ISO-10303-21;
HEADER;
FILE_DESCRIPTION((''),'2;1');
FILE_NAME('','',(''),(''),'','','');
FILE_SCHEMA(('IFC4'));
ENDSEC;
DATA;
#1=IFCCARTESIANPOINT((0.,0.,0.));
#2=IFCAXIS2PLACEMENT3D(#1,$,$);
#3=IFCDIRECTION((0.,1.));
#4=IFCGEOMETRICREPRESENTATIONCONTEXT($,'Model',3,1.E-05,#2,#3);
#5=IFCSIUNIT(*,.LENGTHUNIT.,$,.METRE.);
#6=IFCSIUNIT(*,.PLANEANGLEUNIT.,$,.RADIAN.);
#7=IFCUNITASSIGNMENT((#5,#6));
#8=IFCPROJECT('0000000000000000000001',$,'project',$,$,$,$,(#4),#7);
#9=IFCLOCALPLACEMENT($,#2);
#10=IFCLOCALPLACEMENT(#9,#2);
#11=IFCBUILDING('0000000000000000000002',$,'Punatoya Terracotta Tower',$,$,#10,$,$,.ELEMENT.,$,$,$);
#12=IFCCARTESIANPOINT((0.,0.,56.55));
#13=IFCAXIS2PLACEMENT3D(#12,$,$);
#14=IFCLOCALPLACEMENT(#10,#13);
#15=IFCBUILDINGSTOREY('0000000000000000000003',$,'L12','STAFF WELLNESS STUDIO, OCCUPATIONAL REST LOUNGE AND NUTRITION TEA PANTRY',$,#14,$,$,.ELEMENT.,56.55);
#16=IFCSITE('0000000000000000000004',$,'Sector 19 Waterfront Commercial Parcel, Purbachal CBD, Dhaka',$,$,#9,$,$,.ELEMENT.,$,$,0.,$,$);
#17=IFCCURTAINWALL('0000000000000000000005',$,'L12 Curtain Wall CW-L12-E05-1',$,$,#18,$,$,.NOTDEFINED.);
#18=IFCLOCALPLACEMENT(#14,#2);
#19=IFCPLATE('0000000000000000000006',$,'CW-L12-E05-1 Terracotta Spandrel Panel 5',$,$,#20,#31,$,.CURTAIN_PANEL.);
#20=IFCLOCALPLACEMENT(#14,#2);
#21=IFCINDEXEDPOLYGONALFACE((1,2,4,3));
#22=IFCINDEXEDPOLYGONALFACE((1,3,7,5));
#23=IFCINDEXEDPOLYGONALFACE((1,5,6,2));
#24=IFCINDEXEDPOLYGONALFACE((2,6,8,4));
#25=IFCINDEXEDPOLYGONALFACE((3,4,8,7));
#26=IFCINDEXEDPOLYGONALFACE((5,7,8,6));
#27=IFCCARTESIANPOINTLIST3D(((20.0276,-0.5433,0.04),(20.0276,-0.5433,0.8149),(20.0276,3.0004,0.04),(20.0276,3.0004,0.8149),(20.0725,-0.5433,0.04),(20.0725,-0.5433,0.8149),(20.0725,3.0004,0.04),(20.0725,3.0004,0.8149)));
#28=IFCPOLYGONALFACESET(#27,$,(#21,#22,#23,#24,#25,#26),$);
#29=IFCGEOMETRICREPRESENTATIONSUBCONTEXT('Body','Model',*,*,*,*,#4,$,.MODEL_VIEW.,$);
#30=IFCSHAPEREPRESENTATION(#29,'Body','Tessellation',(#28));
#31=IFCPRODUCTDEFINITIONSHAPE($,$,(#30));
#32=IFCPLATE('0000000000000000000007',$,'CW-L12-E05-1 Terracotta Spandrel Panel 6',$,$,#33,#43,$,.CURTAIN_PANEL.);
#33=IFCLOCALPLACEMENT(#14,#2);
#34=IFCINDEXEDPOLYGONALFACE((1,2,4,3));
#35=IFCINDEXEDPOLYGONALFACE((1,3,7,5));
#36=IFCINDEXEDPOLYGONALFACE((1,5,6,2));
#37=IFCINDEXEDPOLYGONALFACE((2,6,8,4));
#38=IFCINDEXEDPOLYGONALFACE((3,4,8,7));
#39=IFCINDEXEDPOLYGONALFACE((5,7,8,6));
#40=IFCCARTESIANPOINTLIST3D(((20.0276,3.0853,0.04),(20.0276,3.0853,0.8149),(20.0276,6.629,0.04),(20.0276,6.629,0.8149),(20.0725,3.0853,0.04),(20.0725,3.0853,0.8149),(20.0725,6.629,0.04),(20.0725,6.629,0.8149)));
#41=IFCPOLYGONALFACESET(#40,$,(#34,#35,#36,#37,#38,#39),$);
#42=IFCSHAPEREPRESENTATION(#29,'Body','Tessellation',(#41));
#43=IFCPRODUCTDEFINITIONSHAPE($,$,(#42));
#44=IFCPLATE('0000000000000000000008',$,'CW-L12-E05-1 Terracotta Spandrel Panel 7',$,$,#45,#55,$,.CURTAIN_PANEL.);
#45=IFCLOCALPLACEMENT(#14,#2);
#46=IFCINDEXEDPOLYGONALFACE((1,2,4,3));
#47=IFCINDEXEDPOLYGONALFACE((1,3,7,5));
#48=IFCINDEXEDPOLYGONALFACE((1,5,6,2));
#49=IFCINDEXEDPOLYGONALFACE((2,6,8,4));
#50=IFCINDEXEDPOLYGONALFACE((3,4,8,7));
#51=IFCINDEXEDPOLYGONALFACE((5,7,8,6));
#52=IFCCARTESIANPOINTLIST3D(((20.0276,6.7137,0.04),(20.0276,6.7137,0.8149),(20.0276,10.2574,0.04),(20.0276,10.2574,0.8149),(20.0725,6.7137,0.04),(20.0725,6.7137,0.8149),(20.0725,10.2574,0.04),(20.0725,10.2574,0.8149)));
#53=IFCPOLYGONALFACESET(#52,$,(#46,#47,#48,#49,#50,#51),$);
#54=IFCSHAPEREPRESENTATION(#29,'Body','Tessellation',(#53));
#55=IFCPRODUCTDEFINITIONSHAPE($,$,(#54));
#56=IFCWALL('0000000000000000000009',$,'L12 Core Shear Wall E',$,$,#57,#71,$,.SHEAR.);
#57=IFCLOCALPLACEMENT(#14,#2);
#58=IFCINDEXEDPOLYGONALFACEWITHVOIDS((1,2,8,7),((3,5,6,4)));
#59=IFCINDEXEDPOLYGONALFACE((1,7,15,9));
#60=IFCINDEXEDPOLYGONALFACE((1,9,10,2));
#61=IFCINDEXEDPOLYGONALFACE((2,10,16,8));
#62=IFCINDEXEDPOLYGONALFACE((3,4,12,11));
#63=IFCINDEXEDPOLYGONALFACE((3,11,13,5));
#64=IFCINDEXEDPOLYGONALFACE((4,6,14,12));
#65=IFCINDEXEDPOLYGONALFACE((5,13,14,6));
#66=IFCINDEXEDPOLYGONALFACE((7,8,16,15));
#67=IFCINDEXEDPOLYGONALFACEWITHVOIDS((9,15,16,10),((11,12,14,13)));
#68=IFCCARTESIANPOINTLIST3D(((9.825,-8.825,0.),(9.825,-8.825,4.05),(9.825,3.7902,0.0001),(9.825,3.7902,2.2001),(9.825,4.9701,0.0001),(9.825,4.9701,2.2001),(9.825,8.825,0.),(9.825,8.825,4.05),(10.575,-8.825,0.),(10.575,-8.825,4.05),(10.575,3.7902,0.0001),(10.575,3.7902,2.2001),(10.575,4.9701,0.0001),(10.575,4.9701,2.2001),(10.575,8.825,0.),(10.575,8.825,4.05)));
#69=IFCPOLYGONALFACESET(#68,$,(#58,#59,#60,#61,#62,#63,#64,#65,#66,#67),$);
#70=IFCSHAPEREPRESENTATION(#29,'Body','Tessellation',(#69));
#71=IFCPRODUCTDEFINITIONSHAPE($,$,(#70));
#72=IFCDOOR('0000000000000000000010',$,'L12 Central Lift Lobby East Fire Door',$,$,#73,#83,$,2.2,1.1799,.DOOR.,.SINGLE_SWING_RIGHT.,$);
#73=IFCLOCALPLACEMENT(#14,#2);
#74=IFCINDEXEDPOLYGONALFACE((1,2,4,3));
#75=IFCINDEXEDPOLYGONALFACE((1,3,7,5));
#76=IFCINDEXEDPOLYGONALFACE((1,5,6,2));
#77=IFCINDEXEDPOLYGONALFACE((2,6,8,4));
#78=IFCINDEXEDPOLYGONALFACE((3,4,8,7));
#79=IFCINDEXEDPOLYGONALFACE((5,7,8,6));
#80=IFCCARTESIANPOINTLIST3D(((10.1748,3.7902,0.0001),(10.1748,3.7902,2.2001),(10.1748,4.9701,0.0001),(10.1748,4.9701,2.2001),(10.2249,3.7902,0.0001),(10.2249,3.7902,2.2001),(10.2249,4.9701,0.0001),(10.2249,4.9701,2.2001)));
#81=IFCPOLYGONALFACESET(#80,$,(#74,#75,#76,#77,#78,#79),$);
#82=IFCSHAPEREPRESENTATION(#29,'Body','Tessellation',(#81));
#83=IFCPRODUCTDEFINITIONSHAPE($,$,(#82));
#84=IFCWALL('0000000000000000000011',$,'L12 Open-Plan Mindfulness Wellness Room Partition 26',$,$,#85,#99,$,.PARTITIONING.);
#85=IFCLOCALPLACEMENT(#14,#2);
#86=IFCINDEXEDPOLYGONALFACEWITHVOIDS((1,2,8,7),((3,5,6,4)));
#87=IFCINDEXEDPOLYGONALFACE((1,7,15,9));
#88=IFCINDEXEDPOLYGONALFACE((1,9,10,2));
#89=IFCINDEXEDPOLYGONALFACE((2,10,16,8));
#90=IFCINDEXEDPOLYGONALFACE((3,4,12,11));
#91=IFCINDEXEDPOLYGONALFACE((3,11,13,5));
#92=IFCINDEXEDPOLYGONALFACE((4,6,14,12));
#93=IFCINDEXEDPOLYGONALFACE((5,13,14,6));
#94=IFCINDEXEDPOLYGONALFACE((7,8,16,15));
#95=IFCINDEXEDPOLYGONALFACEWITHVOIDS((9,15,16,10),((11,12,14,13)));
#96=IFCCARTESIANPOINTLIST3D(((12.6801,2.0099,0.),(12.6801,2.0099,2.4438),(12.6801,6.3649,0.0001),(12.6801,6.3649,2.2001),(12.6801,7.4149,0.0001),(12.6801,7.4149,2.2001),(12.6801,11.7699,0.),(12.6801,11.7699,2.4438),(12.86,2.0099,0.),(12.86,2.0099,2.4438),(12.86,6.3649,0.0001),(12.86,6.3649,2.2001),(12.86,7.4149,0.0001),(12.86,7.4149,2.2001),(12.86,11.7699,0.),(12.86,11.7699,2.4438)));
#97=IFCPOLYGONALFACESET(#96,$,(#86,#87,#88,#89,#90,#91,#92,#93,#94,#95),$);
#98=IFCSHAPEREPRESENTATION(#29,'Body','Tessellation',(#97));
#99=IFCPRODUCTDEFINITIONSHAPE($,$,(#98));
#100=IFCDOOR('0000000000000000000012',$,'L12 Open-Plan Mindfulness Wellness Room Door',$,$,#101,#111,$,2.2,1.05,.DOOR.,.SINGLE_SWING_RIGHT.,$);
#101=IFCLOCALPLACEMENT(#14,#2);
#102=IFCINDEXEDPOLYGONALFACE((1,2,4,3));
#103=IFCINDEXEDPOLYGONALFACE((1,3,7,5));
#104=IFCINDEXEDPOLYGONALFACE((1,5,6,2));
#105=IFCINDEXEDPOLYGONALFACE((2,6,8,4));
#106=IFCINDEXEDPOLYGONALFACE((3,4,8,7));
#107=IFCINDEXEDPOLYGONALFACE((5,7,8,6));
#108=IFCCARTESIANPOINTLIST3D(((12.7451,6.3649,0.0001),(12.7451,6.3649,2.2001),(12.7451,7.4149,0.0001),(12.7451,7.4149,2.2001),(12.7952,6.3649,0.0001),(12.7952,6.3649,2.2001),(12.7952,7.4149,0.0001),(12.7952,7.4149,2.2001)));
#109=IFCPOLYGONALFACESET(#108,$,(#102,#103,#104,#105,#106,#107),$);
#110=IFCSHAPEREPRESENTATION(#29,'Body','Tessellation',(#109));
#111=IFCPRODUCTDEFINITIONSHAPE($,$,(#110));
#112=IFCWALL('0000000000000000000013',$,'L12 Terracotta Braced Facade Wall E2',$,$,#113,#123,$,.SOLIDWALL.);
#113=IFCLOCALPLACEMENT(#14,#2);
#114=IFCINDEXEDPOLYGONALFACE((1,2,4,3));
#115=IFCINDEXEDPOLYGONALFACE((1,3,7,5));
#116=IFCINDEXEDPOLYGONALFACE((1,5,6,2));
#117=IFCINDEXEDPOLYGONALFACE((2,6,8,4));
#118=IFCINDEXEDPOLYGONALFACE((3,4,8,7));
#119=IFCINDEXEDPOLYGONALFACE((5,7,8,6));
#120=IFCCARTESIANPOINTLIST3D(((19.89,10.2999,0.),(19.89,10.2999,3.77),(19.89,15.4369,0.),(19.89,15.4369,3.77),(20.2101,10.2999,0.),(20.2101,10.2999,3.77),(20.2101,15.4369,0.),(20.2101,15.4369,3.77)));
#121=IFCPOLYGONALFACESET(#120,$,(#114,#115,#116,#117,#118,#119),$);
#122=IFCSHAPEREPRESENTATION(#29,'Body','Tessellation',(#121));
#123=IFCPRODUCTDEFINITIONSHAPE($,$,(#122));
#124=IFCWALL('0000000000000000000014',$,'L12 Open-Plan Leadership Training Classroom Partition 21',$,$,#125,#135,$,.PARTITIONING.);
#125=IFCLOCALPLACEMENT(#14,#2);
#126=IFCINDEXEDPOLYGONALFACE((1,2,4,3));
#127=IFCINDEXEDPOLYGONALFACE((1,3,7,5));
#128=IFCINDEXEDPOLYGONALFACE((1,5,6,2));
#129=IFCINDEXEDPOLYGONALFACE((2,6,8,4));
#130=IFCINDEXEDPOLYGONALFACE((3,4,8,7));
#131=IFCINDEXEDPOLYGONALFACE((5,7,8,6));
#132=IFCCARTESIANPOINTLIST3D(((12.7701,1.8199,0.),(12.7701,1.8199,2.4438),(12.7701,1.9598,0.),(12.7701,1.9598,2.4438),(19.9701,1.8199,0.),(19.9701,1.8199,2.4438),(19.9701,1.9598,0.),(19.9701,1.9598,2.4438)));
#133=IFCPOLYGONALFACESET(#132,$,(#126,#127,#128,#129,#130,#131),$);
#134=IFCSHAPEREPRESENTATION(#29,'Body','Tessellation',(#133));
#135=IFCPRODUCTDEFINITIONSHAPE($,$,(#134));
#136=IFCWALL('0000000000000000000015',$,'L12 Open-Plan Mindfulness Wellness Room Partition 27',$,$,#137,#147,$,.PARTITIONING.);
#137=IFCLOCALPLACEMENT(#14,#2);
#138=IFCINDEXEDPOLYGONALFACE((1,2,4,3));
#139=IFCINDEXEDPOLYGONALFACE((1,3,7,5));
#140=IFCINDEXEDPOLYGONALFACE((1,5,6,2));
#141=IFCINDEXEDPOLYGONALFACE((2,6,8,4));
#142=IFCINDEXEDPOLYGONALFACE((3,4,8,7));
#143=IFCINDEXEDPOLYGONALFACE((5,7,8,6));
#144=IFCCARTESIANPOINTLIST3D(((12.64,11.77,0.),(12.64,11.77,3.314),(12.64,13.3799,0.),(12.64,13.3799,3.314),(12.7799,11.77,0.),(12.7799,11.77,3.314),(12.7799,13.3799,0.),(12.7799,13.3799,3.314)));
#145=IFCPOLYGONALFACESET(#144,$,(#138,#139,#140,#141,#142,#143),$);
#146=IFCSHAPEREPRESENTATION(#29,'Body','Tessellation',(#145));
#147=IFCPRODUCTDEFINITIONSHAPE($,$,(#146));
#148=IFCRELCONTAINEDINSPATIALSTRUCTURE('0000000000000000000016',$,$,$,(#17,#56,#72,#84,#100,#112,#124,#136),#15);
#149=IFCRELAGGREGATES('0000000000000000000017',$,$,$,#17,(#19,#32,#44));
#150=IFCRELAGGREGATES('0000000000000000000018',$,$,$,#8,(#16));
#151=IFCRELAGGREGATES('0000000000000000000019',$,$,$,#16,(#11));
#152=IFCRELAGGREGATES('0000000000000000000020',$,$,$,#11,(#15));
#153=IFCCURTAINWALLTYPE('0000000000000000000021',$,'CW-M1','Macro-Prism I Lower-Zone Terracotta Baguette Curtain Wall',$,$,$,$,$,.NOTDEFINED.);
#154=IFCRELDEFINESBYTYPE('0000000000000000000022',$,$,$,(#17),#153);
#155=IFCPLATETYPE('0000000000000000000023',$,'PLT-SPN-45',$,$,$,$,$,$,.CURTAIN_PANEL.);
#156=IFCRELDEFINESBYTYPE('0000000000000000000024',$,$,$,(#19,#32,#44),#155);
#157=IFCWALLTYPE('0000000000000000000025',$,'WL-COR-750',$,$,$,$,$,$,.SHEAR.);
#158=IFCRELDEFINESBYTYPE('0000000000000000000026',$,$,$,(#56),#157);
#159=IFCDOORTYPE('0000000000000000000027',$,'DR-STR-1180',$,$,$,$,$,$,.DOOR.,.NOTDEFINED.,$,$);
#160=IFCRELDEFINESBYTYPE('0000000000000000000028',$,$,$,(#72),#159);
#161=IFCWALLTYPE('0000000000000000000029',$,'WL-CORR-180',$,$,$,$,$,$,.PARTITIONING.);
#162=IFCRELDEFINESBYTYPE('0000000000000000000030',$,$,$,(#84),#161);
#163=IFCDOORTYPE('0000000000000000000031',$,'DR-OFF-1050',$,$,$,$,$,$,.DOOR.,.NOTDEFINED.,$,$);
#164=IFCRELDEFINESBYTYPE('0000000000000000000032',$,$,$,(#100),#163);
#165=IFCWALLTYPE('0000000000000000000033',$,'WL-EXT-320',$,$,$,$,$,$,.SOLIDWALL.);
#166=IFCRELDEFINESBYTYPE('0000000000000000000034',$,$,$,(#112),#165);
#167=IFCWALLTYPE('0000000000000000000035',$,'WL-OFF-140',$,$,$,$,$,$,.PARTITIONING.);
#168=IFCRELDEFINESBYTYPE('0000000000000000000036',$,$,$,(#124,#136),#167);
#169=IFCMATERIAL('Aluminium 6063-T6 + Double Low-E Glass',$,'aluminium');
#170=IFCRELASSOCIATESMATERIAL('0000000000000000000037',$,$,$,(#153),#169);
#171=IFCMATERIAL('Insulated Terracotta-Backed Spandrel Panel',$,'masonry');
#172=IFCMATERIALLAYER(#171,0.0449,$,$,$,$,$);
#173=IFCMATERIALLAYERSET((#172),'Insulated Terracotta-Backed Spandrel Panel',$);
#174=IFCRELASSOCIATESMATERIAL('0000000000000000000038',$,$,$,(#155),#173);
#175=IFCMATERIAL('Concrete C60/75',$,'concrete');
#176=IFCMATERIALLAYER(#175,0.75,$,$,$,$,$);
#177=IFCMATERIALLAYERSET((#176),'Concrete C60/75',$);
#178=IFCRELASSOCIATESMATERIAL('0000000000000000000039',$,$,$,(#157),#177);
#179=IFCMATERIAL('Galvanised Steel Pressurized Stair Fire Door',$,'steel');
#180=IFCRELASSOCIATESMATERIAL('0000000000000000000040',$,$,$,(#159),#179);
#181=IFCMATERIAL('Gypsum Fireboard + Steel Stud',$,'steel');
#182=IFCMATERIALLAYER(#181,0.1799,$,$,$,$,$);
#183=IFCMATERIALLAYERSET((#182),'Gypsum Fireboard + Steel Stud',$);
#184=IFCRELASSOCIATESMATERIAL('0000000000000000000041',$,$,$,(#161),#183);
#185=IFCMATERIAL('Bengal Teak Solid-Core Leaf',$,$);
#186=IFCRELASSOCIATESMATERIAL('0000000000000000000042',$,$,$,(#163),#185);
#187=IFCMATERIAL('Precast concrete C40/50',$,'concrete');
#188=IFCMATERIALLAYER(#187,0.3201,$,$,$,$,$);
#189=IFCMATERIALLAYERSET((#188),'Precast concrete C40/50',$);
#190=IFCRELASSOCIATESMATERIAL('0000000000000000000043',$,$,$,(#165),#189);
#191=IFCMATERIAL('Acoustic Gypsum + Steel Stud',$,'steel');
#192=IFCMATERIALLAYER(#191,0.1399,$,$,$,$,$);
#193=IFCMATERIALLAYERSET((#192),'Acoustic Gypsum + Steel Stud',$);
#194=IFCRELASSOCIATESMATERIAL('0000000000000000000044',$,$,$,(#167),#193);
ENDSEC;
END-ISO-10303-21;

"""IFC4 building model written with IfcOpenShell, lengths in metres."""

from ifc_helpers import new_model, si_unit, direction, frame, frame_2d, origin, origin_2d, place, context, subcontext, project, spatial, rectangle, extrude, material, layer, layer_set, type_object, element, fill, aggregate, save


model = new_model("IFC4")

# Units and contexts
model_context = context("Model", 3, precision=1e-05, world=origin(), true_north=direction((0.0, 1.0)))
body_context = subcontext(model_context, "Body", "Model", "MODEL_VIEW")
ifc_project = project(units=[si_unit("LENGTHUNIT", "METRE"), si_unit("PLANEANGLEUNIT", "RADIAN")], contexts=[model_context])

# Site, building, storey
site_placement = place(None, origin())
site = spatial("IfcSite", under=ifc_project, at=site_placement, Name="Sector 19 Waterfront Commercial Parcel, Purbachal CBD, Dhaka", CompositionType="ELEMENT", RefElevation=0.0)
building_placement = place(site_placement, origin())
building = spatial("IfcBuilding", under=site, at=building_placement, Name="Punatoya Terracotta Tower", CompositionType="ELEMENT")
storey_placement = place(building_placement, frame((0.0, 0.0, 56.55)))
storey = spatial("IfcBuildingStorey", under=building, at=storey_placement, Name="L12", Description="STAFF WELLNESS STUDIO, OCCUPATIONAL REST LOUNGE AND NUTRITION TEA PANTRY", CompositionType="ELEMENT", Elevation=56.55)

# Curtain wall, plates
ifc_material_1 = material(Name="Aluminium 6063-T6 + Double Low-E Glass", Category="aluminium")
curtain_wall_type = type_object("IfcCurtainWallType", Name="CW-M1", Description="Macro-Prism I Lower-Zone Terracotta Baguette Curtain Wall", PredefinedType="NOTDEFINED", material=ifc_material_1)
curtain_wall_placement = place(storey_placement, origin())
curtain_wall = element("IfcCurtainWall", 1, at=curtain_wall_placement, inside=storey, type_object=curtain_wall_type, Name="L12 Curtain Wall CW-L12-E05-1", PredefinedType="NOTDEFINED")
ifc_material_2 = material(Name="Insulated Terracotta-Backed Spandrel Panel", Category="masonry")
ifc_layer_1 = layer(ifc_material_2, 0.0449)
ifc_layer_set_1 = layer_set([ifc_layer_1], Name="Insulated Terracotta-Backed Spandrel Panel")
plate_type_1 = type_object("IfcPlateType", Name="PLT-SPN-45", PredefinedType="CURTAIN_PANEL", material=ifc_layer_set_1)
plate_1_placement = place(storey_placement, frame((20.05, 1.2285, 0.04), z_axis=(0.0, 0.0, 1.0), x_axis=(0.0, 1.0, 0.0)))
plate_1 = element("IfcPlate", 2, at=plate_1_placement, type_object=plate_type_1, Name="CW-L12-E05-1 Terracotta Spandrel Panel 5", PredefinedType="CURTAIN_PANEL", context=body_context, shape_type="SweptSolid", body=[
    extrude(rectangle(XDim=3.5437, YDim=0.0449, at=origin_2d()), origin(), (0.0, 0.0, 1.0), 0.7749),
])
plate_2_placement = place(storey_placement, frame((20.05, 4.8572, 0.04), z_axis=(0.0, 0.0, 1.0), x_axis=(0.0, 1.0, 0.0)))
plate_2 = element("IfcPlate", 3, at=plate_2_placement, type_object=plate_type_1, Name="CW-L12-E05-1 Terracotta Spandrel Panel 6", PredefinedType="CURTAIN_PANEL", context=body_context, shape_type="SweptSolid", body=[
    extrude(rectangle(XDim=3.5437, YDim=0.0449, at=origin_2d()), origin(), (0.0, 0.0, 1.0), 0.7749),
])
plate_3_placement = place(storey_placement, frame((20.05, 8.4856, 0.04), z_axis=(0.0, 0.0, 1.0), x_axis=(0.0, 1.0, 0.0)))
plate_3 = element("IfcPlate", 4, at=plate_3_placement, type_object=plate_type_1, Name="CW-L12-E05-1 Terracotta Spandrel Panel 7", PredefinedType="CURTAIN_PANEL", context=body_context, shape_type="SweptSolid", body=[
    extrude(rectangle(XDim=3.5437, YDim=0.0449, at=origin_2d()), origin(), (0.0, 0.0, 1.0), 0.7749),
])
aggregate(curtain_wall, [plate_1, plate_2, plate_3])

# Walls, openings, doors
ifc_material_3 = material(Name="Concrete C60/75", Category="concrete")
ifc_layer_2 = layer(ifc_material_3, 0.75)
ifc_layer_set_2 = layer_set([ifc_layer_2], Name="Concrete C60/75")
wall_type_1 = type_object("IfcWallType", Name="WL-COR-750", PredefinedType="SHEAR", material=ifc_layer_set_2)
wall_1_placement = place(storey_placement, frame((10.2, 8.825, 0.0), z_axis=(0.0, 0.0, 1.0), x_axis=(0.0, -1.0, 0.0)))
wall_1 = element("IfcWall", 5, at=wall_1_placement, inside=storey, type_object=wall_type_1, Name="L12 Core Shear Wall E", PredefinedType="SHEAR", context=body_context, shape_type="SweptSolid", body=[
    extrude(rectangle(XDim=17.6499, YDim=0.75, at=frame_2d((8.825, 0.0))), origin(), (0.0, 0.0, 1.0), 4.05),
])
opening_1_placement = place(wall_1_placement, frame((3.855, 0.0, 0.0)))
opening_1 = element("IfcOpeningElement", 6, at=opening_1_placement, cuts=wall_1, PredefinedType="OPENING", context=body_context, shape_type="SweptSolid", body=[
    extrude(rectangle(XDim=1.1799, YDim=2.2, at=frame_2d((0.5898, 1.1001))), frame((0.0, 0.385, 0.0), z_axis=(0.0, -1.0, 0.0), x_axis=(1.0, 0.0, 0.0)), (0.0, 0.0, 1.0), 0.77),
])
ifc_material_4 = material(Name="Galvanised Steel Pressurized Stair Fire Door", Category="steel")
door_type_1 = type_object("IfcDoorType", Name="DR-STR-1180", OperationType="NOTDEFINED", PredefinedType="DOOR", material=ifc_material_4)
door_1_placement = place(opening_1_placement, origin())
door_1 = element("IfcDoor", 7, at=door_1_placement, inside=storey, type_object=door_type_1, Name="L12 Central Lift Lobby East Fire Door", OperationType="SINGLE_SWING_RIGHT", OverallHeight=2.2, OverallWidth=1.1799, PredefinedType="DOOR", context=body_context, shape_type="SweptSolid", body=[
    extrude(rectangle(XDim=1.1799, YDim=2.2, at=frame_2d((0.5898, 1.1001))), frame((0.0, 0.0249, 0.0), z_axis=(0.0, -1.0, 0.0), x_axis=(1.0, 0.0, 0.0)), (0.0, 0.0, 1.0), 0.05),
])
fill(opening_1, door_1)
ifc_material_5 = material(Name="Gypsum Fireboard + Steel Stud", Category="steel")
ifc_layer_3 = layer(ifc_material_5, 0.1799)
ifc_layer_set_3 = layer_set([ifc_layer_3], Name="Gypsum Fireboard + Steel Stud")
wall_type_2 = type_object("IfcWallType", Name="WL-CORR-180", PredefinedType="PARTITIONING", material=ifc_layer_set_3)
wall_2_placement = place(storey_placement, frame((12.77, 2.01, 0.0), z_axis=(0.0, 0.0, 1.0), x_axis=(0.0, 1.0, 0.0)))
wall_2 = element("IfcWall", 8, at=wall_2_placement, inside=storey, type_object=wall_type_2, Name="L12 Open-Plan Mindfulness Wellness Room Partition 26", PredefinedType="PARTITIONING", context=body_context, shape_type="SweptSolid", body=[
    extrude(rectangle(XDim=9.76, YDim=0.1799, at=frame_2d((4.8799, 0.0))), origin(), (0.0, 0.0, 1.0), 2.4438),
])
opening_2_placement = place(wall_2_placement, frame((4.355, 0.0, 0.0)))
opening_2 = element("IfcOpeningElement", 9, at=opening_2_placement, cuts=wall_2, PredefinedType="OPENING", context=body_context, shape_type="SweptSolid", body=[
    extrude(rectangle(XDim=1.05, YDim=2.2, at=frame_2d((0.5249, 1.1001))), frame((0.0, 0.0999, 0.0), z_axis=(0.0, -1.0, 0.0), x_axis=(1.0, 0.0, 0.0)), (0.0, 0.0, 1.0), 0.2),
])
ifc_material_6 = material(Name="Bengal Teak Solid-Core Leaf")
door_type_2 = type_object("IfcDoorType", Name="DR-OFF-1050", OperationType="NOTDEFINED", PredefinedType="DOOR", material=ifc_material_6)
door_2_placement = place(opening_2_placement, origin())
door_2 = element("IfcDoor", 10, at=door_2_placement, inside=storey, type_object=door_type_2, Name="L12 Open-Plan Mindfulness Wellness Room Door", OperationType="SINGLE_SWING_RIGHT", OverallHeight=2.2, OverallWidth=1.05, PredefinedType="DOOR", context=body_context, shape_type="SweptSolid", body=[
    extrude(rectangle(XDim=1.05, YDim=2.2, at=frame_2d((0.5249, 1.1001))), frame((0.0, 0.0249, 0.0), z_axis=(0.0, -1.0, 0.0), x_axis=(1.0, 0.0, 0.0)), (0.0, 0.0, 1.0), 0.05),
])
fill(opening_2, door_2)

# Walls
ifc_material_7 = material(Name="Precast concrete C40/50", Category="concrete")
ifc_layer_4 = layer(ifc_material_7, 0.3201)
ifc_layer_set_4 = layer_set([ifc_layer_4], Name="Precast concrete C40/50")
wall_type_3 = type_object("IfcWallType", Name="WL-EXT-320", PredefinedType="SOLIDWALL", material=ifc_layer_set_4)
wall_3_placement = place(storey_placement, frame((20.05, 10.3, 0.0), z_axis=(0.0, 0.0, 1.0), x_axis=(0.0, 1.0, 0.0)))
element("IfcWall", 11, at=wall_3_placement, inside=storey, type_object=wall_type_3, Name="L12 Terracotta Braced Facade Wall E2", PredefinedType="SOLIDWALL", context=body_context, shape_type="SweptSolid", body=[
    extrude(rectangle(XDim=5.137, YDim=0.3201, at=frame_2d((2.5684, 0.0))), origin(), (0.0, 0.0, 1.0), 3.77),
])
ifc_material_8 = material(Name="Acoustic Gypsum + Steel Stud", Category="steel")
ifc_layer_5 = layer(ifc_material_8, 0.1399)
ifc_layer_set_5 = layer_set([ifc_layer_5], Name="Acoustic Gypsum + Steel Stud")
wall_type_4 = type_object("IfcWallType", Name="WL-OFF-140", PredefinedType="PARTITIONING", material=ifc_layer_set_5)
wall_4_placement = place(storey_placement, frame((12.77, 1.8899, 0.0), z_axis=(0.0, 0.0, 1.0), x_axis=(1.0, 0.0, 0.0)))
element("IfcWall", 12, at=wall_4_placement, inside=storey, type_object=wall_type_4, Name="L12 Open-Plan Leadership Training Classroom Partition 21", PredefinedType="PARTITIONING", context=body_context, shape_type="SweptSolid", body=[
    extrude(rectangle(XDim=7.2, YDim=0.1399, at=frame_2d((3.6001, 0.0))), origin(), (0.0, 0.0, 1.0), 2.4438),
])
wall_5_placement = place(storey_placement, frame((12.71, 11.77, 0.0), z_axis=(0.0, 0.0, 1.0), x_axis=(0.0, 1.0, 0.0)))
element("IfcWall", 13, at=wall_5_placement, inside=storey, type_object=wall_type_4, Name="L12 Open-Plan Mindfulness Wellness Room Partition 27", PredefinedType="PARTITIONING", context=body_context, shape_type="SweptSolid", body=[
    extrude(rectangle(XDim=1.6099, YDim=0.1399, at=frame_2d((0.8049, 0.0))), origin(), (0.0, 0.0, 1.0), 3.314),
])

save(model, "model.ifc")
